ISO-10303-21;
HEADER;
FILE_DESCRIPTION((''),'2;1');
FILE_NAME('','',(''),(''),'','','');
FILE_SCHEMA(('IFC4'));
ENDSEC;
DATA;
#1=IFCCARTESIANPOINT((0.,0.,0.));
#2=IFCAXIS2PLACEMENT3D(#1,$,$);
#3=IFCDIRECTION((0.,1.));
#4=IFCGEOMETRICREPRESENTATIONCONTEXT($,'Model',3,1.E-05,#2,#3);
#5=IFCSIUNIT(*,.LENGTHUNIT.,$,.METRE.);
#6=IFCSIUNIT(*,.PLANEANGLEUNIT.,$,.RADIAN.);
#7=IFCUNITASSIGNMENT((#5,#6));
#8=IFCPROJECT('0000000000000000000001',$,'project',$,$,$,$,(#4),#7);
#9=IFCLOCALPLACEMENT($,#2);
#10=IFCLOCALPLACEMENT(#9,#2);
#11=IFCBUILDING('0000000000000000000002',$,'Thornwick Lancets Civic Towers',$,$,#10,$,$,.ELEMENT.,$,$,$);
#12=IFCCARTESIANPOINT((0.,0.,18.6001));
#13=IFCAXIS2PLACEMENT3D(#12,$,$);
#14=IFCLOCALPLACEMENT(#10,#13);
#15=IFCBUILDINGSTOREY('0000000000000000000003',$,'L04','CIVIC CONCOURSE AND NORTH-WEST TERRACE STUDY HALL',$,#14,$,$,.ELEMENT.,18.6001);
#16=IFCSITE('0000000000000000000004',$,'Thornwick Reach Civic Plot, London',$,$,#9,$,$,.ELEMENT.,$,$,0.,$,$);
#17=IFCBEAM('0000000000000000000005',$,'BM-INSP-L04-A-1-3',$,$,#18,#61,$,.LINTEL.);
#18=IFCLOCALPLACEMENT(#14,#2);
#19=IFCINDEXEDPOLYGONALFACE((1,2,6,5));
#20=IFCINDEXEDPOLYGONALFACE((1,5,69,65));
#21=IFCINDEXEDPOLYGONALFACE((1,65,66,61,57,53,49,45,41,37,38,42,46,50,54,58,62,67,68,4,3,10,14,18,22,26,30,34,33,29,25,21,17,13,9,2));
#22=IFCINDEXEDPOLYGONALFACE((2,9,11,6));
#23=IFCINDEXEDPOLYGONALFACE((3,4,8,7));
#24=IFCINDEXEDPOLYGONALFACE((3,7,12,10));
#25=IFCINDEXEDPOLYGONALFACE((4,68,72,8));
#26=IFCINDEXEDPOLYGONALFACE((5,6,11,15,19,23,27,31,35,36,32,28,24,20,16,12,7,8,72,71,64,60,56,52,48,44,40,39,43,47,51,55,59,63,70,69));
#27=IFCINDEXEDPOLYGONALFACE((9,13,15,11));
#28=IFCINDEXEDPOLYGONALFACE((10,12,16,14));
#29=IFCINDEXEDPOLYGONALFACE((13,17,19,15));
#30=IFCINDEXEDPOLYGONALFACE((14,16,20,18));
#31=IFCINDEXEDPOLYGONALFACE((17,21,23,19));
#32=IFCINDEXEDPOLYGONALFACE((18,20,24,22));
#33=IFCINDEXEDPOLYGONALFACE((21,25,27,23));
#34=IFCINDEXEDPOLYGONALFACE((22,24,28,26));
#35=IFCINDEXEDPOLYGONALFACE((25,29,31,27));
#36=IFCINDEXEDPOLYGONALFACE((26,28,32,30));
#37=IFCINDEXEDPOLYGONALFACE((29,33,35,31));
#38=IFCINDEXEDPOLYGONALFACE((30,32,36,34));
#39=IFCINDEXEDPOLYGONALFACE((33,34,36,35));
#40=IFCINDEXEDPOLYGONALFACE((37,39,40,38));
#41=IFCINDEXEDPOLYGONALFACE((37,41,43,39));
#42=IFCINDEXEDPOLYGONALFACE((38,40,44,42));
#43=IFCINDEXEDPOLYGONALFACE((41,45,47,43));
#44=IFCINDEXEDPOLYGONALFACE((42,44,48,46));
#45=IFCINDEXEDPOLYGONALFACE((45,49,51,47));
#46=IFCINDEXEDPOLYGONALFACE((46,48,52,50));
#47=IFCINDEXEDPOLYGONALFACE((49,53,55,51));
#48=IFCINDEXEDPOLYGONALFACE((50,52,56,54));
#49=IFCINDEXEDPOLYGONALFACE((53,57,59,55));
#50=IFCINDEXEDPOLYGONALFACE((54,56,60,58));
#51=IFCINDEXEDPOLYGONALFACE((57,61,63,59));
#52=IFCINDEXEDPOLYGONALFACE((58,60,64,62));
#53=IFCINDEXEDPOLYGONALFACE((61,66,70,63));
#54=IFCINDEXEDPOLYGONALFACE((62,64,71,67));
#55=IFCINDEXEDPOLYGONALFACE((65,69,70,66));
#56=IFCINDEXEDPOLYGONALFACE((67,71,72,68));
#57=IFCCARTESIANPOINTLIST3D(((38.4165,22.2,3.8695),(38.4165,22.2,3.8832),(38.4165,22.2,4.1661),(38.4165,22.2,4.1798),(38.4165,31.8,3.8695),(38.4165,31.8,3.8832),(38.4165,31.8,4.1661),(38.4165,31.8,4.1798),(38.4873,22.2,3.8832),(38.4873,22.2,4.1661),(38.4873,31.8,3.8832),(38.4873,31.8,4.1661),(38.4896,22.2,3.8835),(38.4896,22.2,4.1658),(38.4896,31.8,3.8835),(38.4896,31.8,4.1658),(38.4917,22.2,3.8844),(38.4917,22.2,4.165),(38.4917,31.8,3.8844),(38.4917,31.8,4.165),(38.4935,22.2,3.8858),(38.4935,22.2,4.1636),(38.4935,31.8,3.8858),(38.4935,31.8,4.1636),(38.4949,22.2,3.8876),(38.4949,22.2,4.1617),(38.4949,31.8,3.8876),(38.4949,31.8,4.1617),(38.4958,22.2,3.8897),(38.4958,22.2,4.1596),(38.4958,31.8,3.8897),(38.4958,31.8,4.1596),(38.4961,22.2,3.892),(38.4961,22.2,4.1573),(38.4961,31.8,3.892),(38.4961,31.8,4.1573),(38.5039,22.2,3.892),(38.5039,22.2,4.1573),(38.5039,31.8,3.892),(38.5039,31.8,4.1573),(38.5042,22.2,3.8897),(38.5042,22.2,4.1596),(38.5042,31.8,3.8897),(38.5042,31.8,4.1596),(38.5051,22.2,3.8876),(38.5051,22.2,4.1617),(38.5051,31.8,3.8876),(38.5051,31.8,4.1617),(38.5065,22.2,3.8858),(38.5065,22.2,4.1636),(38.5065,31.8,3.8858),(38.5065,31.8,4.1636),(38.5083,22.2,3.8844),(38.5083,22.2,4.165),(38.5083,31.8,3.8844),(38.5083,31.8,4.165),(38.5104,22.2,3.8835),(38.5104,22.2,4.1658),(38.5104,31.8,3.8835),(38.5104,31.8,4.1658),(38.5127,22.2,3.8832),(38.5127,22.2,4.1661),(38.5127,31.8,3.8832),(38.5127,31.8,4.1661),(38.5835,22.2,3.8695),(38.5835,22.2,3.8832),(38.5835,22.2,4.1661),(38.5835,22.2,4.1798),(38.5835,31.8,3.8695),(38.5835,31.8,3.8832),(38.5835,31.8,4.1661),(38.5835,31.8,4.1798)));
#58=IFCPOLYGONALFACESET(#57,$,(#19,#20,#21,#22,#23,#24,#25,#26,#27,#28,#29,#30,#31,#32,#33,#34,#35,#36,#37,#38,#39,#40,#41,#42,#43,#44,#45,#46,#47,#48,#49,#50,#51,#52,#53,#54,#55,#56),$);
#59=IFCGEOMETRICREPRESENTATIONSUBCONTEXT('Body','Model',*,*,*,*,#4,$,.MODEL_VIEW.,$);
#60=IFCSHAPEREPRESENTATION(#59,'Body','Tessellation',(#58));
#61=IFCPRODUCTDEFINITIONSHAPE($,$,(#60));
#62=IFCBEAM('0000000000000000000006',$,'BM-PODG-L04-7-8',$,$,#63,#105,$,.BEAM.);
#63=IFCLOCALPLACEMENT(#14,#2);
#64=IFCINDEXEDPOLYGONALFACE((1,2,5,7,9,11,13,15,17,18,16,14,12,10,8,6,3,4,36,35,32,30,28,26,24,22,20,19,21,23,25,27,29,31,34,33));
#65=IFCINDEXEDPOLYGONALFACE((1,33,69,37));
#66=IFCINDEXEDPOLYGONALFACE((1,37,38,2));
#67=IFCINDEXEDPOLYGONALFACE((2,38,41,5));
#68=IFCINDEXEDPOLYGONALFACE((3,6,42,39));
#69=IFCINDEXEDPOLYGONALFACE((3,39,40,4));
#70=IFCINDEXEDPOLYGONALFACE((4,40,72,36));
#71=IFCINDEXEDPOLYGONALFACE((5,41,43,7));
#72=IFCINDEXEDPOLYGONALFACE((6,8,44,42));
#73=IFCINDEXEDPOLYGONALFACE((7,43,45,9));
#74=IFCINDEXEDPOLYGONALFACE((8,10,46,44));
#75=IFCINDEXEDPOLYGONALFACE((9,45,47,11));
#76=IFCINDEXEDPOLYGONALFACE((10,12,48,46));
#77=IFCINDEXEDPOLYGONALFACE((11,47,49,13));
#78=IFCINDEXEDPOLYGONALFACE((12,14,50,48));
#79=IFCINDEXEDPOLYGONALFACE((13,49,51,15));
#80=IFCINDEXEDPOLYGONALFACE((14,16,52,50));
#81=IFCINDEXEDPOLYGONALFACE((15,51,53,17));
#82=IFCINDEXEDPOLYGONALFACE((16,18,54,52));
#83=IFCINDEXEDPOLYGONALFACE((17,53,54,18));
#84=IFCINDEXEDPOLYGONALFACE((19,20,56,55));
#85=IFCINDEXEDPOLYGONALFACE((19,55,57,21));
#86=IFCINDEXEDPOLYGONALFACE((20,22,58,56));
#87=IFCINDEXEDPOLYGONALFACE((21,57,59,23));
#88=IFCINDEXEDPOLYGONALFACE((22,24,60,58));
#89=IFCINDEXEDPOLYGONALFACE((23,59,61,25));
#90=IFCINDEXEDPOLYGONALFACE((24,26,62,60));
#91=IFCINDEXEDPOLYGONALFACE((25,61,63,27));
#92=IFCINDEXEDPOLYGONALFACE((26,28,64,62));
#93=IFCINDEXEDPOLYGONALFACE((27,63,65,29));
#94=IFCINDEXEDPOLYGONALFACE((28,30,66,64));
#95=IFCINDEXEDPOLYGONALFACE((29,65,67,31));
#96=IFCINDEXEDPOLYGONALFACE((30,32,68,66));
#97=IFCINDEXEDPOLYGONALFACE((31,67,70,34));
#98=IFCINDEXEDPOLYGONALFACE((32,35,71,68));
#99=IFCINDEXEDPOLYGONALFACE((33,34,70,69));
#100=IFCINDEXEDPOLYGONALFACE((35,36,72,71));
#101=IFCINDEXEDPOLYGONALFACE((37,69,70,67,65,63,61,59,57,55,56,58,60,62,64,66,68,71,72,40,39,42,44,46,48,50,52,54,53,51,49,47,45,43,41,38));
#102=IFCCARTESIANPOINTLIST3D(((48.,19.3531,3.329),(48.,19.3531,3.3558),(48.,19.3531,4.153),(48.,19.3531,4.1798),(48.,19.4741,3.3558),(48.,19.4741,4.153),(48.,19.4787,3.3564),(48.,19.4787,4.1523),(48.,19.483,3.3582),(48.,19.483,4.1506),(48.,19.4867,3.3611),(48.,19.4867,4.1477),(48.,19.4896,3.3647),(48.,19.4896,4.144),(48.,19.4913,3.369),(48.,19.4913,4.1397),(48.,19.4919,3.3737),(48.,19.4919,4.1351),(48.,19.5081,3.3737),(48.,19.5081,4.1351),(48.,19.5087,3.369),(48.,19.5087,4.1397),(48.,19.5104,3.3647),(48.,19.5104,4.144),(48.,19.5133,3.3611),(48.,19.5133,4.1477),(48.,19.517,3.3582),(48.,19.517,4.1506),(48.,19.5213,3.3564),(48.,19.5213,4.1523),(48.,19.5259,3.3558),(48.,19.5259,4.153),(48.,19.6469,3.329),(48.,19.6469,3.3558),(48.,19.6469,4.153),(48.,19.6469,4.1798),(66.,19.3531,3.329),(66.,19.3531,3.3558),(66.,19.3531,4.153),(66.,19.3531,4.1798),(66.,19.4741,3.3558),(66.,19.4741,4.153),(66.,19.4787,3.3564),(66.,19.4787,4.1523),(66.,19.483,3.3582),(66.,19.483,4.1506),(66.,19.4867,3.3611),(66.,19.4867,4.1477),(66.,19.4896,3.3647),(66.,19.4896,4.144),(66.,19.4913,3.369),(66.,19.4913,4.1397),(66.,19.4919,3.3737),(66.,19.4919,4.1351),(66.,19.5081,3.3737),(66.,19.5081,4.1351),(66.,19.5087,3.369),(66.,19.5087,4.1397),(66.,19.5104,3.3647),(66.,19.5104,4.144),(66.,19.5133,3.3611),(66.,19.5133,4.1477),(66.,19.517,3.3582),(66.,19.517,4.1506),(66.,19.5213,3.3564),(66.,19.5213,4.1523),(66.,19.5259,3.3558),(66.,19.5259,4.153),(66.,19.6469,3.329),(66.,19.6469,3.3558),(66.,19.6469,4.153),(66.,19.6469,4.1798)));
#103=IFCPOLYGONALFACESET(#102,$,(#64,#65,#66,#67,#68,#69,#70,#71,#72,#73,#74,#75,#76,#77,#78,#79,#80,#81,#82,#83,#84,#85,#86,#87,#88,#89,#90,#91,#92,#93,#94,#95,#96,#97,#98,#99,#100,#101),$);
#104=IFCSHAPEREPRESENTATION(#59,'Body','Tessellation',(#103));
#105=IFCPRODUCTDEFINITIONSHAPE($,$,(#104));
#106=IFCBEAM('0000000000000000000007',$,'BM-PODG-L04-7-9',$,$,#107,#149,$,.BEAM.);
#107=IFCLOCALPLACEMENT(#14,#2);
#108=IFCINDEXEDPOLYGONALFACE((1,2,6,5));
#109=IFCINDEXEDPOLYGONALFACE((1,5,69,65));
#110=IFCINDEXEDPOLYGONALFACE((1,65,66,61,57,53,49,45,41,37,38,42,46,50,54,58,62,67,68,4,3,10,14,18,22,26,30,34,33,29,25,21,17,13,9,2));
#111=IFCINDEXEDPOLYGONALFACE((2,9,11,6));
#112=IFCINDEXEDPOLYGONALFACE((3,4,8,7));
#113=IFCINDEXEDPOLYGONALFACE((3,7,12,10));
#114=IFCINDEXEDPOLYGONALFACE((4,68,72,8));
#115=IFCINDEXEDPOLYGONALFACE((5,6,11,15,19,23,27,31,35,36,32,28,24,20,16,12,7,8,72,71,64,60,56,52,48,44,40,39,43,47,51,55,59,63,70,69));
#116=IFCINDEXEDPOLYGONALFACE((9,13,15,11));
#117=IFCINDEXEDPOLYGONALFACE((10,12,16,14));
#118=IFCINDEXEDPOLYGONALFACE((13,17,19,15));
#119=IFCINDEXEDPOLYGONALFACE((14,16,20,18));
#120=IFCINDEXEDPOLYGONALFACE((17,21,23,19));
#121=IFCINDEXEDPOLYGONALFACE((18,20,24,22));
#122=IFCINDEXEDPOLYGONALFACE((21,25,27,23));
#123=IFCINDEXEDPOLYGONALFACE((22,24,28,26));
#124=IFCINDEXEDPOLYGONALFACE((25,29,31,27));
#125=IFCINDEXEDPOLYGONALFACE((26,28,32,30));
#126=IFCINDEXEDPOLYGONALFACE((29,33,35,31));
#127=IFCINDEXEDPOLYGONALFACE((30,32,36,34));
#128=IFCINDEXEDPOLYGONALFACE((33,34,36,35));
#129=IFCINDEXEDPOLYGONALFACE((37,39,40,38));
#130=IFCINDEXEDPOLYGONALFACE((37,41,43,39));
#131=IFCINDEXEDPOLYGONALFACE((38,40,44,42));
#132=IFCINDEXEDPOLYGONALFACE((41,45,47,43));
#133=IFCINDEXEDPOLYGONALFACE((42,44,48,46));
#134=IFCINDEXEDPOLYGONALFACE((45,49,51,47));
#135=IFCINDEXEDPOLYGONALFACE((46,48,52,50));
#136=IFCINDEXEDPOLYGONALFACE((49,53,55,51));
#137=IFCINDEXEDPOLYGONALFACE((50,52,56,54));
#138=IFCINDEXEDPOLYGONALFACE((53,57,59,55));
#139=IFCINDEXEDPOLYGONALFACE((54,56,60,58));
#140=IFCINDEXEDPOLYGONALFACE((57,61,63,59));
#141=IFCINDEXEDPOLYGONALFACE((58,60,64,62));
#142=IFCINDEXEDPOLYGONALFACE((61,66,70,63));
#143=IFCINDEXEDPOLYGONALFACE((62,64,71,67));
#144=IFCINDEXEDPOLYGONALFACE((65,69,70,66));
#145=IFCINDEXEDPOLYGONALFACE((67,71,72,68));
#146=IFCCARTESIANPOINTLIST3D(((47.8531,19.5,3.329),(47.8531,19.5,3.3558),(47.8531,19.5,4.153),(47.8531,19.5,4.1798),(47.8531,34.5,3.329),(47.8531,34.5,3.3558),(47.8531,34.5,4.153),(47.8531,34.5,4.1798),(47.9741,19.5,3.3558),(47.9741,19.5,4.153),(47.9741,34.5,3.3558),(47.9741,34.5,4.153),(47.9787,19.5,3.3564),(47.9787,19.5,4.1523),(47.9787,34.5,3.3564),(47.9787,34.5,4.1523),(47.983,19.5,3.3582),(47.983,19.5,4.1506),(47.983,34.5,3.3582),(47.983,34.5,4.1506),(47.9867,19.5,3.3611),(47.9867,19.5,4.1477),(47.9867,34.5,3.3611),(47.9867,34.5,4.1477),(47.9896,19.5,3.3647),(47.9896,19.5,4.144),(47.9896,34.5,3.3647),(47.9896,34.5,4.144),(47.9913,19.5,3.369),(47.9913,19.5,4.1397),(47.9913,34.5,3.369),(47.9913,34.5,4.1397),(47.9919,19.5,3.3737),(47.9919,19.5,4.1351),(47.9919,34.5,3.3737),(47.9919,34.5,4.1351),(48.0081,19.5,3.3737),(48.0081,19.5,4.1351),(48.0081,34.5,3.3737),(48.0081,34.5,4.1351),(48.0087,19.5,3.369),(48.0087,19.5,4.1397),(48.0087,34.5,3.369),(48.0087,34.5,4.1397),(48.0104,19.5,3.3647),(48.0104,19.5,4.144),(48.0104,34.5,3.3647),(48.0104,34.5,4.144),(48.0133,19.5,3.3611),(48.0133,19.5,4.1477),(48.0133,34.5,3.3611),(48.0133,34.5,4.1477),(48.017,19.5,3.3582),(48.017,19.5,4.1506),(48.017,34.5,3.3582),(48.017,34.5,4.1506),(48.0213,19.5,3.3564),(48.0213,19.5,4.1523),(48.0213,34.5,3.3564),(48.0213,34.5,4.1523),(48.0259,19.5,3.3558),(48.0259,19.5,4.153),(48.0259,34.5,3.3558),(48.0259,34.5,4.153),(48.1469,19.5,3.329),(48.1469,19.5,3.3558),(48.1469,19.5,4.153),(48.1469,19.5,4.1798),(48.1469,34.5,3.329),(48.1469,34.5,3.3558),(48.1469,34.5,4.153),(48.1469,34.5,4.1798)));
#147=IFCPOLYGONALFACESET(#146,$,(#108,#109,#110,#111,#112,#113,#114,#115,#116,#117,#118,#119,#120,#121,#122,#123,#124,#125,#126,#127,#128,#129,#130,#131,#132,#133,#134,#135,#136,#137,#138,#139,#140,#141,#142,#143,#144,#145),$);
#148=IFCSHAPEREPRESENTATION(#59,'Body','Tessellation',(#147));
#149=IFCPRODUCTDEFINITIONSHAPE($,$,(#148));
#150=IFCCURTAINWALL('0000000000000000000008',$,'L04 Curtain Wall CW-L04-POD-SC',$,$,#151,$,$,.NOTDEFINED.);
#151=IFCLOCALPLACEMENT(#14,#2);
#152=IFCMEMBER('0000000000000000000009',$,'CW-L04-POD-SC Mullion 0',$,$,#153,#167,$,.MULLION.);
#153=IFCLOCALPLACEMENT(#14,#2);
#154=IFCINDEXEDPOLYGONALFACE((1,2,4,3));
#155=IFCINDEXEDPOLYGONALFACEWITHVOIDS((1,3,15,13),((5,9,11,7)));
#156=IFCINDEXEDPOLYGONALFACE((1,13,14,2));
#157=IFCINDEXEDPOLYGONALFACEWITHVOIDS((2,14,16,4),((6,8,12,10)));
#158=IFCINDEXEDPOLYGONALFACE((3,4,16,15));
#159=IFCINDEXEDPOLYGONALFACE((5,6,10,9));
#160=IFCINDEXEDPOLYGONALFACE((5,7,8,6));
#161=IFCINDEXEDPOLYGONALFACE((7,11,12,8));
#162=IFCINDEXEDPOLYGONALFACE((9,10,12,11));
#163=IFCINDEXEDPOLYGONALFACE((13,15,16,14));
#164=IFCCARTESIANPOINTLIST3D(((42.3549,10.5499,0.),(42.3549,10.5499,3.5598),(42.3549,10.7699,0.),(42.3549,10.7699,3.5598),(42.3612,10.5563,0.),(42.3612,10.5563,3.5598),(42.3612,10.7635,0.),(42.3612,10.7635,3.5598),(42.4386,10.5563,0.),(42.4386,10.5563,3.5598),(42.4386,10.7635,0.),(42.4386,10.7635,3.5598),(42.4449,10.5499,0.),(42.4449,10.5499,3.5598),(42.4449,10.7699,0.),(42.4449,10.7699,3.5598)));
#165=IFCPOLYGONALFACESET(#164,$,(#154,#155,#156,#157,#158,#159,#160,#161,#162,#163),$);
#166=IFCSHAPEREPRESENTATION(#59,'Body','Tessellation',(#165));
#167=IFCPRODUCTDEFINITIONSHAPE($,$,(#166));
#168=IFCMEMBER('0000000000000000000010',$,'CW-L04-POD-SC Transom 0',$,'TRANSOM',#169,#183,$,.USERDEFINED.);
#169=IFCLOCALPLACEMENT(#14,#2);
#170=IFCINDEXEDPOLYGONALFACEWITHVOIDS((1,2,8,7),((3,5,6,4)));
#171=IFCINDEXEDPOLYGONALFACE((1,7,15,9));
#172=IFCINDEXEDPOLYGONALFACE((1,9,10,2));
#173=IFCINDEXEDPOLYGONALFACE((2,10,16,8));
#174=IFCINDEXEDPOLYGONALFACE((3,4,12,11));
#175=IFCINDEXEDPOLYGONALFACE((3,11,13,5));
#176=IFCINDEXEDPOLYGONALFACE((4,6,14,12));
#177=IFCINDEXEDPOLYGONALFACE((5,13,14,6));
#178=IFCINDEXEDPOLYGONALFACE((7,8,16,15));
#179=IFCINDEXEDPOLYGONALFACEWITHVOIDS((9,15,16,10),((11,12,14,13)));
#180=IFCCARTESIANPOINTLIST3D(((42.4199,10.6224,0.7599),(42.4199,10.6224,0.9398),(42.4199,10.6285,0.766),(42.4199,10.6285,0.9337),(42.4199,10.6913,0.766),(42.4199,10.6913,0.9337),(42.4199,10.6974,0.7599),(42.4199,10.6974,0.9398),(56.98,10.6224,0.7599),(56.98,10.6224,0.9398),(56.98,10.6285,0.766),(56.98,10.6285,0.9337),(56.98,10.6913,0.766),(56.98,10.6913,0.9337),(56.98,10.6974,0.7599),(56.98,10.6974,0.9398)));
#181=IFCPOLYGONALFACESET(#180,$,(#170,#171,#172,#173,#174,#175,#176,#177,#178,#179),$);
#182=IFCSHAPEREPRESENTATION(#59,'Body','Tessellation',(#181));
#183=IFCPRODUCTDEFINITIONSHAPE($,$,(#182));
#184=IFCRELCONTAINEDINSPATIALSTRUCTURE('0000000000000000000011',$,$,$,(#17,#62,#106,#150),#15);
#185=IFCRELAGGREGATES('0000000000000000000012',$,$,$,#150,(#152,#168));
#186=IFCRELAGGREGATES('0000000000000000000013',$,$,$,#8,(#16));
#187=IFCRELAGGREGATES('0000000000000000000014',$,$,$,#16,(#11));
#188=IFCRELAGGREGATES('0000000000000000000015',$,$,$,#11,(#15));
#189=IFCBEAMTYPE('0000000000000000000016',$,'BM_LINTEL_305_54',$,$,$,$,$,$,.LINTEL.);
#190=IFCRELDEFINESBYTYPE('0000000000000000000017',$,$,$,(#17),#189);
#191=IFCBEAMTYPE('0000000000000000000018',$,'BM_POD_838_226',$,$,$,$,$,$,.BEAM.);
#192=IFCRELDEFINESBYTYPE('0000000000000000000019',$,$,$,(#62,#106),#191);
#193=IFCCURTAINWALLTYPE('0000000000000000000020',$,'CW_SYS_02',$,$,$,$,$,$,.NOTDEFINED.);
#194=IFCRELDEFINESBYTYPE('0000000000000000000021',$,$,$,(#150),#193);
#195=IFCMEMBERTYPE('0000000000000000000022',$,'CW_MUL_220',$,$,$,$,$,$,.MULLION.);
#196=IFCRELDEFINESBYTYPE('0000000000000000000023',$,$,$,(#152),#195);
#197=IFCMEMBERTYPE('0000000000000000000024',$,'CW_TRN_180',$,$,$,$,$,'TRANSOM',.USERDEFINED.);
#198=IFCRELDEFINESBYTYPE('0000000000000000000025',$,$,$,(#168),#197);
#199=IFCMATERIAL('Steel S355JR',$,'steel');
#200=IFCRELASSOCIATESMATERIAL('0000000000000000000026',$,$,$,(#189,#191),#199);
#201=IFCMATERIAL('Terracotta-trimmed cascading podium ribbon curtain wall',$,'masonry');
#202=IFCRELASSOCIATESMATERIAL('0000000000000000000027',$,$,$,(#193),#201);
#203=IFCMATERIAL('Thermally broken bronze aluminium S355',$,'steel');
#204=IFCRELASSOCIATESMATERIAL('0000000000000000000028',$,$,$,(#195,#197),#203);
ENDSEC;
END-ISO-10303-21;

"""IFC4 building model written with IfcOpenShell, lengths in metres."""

from ifc_helpers import new_model, si_unit, direction, frame, origin, origin_2d, place, context, subcontext, project, spatial, hollow_rectangle, i_section, extrude, material, material_profile, profile_set, type_object, element, aggregate, save


model = new_model("IFC4")

# Units and contexts
model_context = context("Model", 3, precision=1e-05, world=origin(), true_north=direction((0.0, 1.0)))
body_context = subcontext(model_context, "Body", "Model", "MODEL_VIEW")
ifc_project = project(units=[si_unit("LENGTHUNIT", "METRE"), si_unit("PLANEANGLEUNIT", "RADIAN")], contexts=[model_context])

# Site, building, storey
site_placement = place(None, origin())
site = spatial("IfcSite", under=ifc_project, at=site_placement, Name="Thornwick Reach Civic Plot, London", CompositionType="ELEMENT", RefElevation=0.0)
building_placement = place(site_placement, origin())
building = spatial("IfcBuilding", under=site, at=building_placement, Name="Thornwick Lancets Civic Towers", CompositionType="ELEMENT")
storey_placement = place(building_placement, frame((0.0, 0.0, 18.6001)))
storey = spatial("IfcBuildingStorey", under=building, at=storey_placement, Name="L04", Description="CIVIC CONCOURSE AND NORTH-WEST TERRACE STUDY HALL", CompositionType="ELEMENT", Elevation=18.6001)

# Beams
ifc_material_1 = material(Name="Steel S355JR", Category="steel")
ifc_material_profile_1 = material_profile(ifc_material_1, i_section(OverallWidth=0.167, OverallDepth=0.3103, WebThickness=0.0078, FlangeThickness=0.0137, FilletRadius=0.0088, at=origin_2d()), Name="UKB 305x165x54")
ifc_profile_set_1 = profile_set([ifc_material_profile_1], Name="Steel S355JR")
beam_type_1 = type_object("IfcBeamType", Name="BM_LINTEL_305_54", PredefinedType="LINTEL", material=ifc_profile_set_1)
beam_1_placement = place(storey_placement, frame((38.5, 22.2, 4.0247), z_axis=(0.0, 1.0, 0.0), x_axis=(-1.0, 0.0, 0.0)))
element("IfcBeam", 1, at=beam_1_placement, inside=storey, type_object=beam_type_1, Name="BM-INSP-L04-A-1-3", PredefinedType="LINTEL", context=body_context, shape_type="SweptSolid", body=[
    extrude(i_section(OverallWidth=0.167, OverallDepth=0.3103, WebThickness=0.0078, FlangeThickness=0.0137, FilletRadius=0.0088, at=origin_2d()), origin(), (0.0, 0.0, 1.0), 9.6001),
])
ifc_material_profile_2 = material_profile(ifc_material_1, i_section(OverallWidth=0.2937, OverallDepth=0.8508, WebThickness=0.0161, FlangeThickness=0.0269, FilletRadius=0.0178, at=origin_2d()), Name="UKB 838x292x226")
ifc_profile_set_2 = profile_set([ifc_material_profile_2], Name="Steel S355JR")
beam_type_2 = type_object("IfcBeamType", Name="BM_POD_838_226", PredefinedType="BEAM", material=ifc_profile_set_2)
beam_2_placement = place(storey_placement, frame((48.0, 19.5, 3.7544), z_axis=(1.0, 0.0, 0.0), x_axis=(0.0, 1.0, 0.0)))
element("IfcBeam", 2, at=beam_2_placement, inside=storey, type_object=beam_type_2, Name="BM-PODG-L04-7-8", PredefinedType="BEAM", context=body_context, shape_type="SweptSolid", body=[
    extrude(i_section(OverallWidth=0.2937, OverallDepth=0.8508, WebThickness=0.0161, FlangeThickness=0.0269, FilletRadius=0.0178, at=origin_2d()), origin(), (0.0, 0.0, 1.0), 18.0),
])
beam_3_placement = place(storey_placement, frame((48.0, 19.5, 3.7544), z_axis=(0.0, 1.0, 0.0), x_axis=(-1.0, 0.0, 0.0)))
element("IfcBeam", 3, at=beam_3_placement, inside=storey, type_object=beam_type_2, Name="BM-PODG-L04-7-9", PredefinedType="BEAM", context=body_context, shape_type="SweptSolid", body=[
    extrude(i_section(OverallWidth=0.2937, OverallDepth=0.8508, WebThickness=0.0161, FlangeThickness=0.0269, FilletRadius=0.0178, at=origin_2d()), origin(), (0.0, 0.0, 1.0), 15.0),
])

# Curtain wall, members
ifc_material_2 = material(Name="Terracotta-trimmed cascading podium ribbon curtain wall", Category="masonry")
curtain_wall_type = type_object("IfcCurtainWallType", Name="CW_SYS_02", PredefinedType="NOTDEFINED", material=ifc_material_2)
curtain_wall_placement = place(storey_placement, origin())
curtain_wall = element("IfcCurtainWall", 4, at=curtain_wall_placement, inside=storey, type_object=curtain_wall_type, Name="L04 Curtain Wall CW-L04-POD-SC", PredefinedType="NOTDEFINED")
ifc_material_3 = material(Name="Thermally broken bronze aluminium S355", Category="steel")
ifc_material_profile_3 = material_profile(ifc_material_3, hollow_rectangle(XDim=0.0901, YDim=0.22, WallThickness=0.0063, at=origin_2d()), Name="RHS 220x90x6.3")
ifc_profile_set_3 = profile_set([ifc_material_profile_3], Name="Thermally broken bronze aluminium S355")
member_type_1 = type_object("IfcMemberType", Name="CW_MUL_220", PredefinedType="MULLION", material=ifc_profile_set_3)
member_1_placement = place(storey_placement, frame((42.3999, 10.6599, 0.0), z_axis=(0.0, 0.0, 1.0), x_axis=(1.0, 0.0, 0.0)))
member_1 = element("IfcMember", 5, at=member_1_placement, type_object=member_type_1, Name="CW-L04-POD-SC Mullion 0", PredefinedType="MULLION", context=body_context, shape_type="SweptSolid", body=[
    extrude(hollow_rectangle(XDim=0.0901, YDim=0.22, WallThickness=0.0063, at=origin_2d()), origin(), (0.0, 0.0, 1.0), 3.5598),
])
ifc_material_profile_4 = material_profile(ifc_material_3, hollow_rectangle(XDim=0.075, YDim=0.1799, WallThickness=0.0061, at=origin_2d()), Name="RHS 180x75x6")
ifc_profile_set_4 = profile_set([ifc_material_profile_4], Name="Thermally broken bronze aluminium S355")
member_type_2 = type_object("IfcMemberType", Name="CW_TRN_180", ElementType="TRANSOM", PredefinedType="USERDEFINED", material=ifc_profile_set_4)
member_2_placement = place(storey_placement, frame((42.4199, 10.6599, 0.8499), z_axis=(1.0, 0.0, 0.0), x_axis=(0.0, 1.0, 0.0)))
member_2 = element("IfcMember", 6, at=member_2_placement, type_object=member_type_2, Name="CW-L04-POD-SC Transom 0", ObjectType="TRANSOM", PredefinedType="USERDEFINED", context=body_context, shape_type="SweptSolid", body=[
    extrude(hollow_rectangle(XDim=0.075, YDim=0.1799, WallThickness=0.0061, at=origin_2d()), origin(), (0.0, 0.0, 1.0), 14.5601),
])
aggregate(curtain_wall, [member_1, member_2])

save(model, "model.ifc")
